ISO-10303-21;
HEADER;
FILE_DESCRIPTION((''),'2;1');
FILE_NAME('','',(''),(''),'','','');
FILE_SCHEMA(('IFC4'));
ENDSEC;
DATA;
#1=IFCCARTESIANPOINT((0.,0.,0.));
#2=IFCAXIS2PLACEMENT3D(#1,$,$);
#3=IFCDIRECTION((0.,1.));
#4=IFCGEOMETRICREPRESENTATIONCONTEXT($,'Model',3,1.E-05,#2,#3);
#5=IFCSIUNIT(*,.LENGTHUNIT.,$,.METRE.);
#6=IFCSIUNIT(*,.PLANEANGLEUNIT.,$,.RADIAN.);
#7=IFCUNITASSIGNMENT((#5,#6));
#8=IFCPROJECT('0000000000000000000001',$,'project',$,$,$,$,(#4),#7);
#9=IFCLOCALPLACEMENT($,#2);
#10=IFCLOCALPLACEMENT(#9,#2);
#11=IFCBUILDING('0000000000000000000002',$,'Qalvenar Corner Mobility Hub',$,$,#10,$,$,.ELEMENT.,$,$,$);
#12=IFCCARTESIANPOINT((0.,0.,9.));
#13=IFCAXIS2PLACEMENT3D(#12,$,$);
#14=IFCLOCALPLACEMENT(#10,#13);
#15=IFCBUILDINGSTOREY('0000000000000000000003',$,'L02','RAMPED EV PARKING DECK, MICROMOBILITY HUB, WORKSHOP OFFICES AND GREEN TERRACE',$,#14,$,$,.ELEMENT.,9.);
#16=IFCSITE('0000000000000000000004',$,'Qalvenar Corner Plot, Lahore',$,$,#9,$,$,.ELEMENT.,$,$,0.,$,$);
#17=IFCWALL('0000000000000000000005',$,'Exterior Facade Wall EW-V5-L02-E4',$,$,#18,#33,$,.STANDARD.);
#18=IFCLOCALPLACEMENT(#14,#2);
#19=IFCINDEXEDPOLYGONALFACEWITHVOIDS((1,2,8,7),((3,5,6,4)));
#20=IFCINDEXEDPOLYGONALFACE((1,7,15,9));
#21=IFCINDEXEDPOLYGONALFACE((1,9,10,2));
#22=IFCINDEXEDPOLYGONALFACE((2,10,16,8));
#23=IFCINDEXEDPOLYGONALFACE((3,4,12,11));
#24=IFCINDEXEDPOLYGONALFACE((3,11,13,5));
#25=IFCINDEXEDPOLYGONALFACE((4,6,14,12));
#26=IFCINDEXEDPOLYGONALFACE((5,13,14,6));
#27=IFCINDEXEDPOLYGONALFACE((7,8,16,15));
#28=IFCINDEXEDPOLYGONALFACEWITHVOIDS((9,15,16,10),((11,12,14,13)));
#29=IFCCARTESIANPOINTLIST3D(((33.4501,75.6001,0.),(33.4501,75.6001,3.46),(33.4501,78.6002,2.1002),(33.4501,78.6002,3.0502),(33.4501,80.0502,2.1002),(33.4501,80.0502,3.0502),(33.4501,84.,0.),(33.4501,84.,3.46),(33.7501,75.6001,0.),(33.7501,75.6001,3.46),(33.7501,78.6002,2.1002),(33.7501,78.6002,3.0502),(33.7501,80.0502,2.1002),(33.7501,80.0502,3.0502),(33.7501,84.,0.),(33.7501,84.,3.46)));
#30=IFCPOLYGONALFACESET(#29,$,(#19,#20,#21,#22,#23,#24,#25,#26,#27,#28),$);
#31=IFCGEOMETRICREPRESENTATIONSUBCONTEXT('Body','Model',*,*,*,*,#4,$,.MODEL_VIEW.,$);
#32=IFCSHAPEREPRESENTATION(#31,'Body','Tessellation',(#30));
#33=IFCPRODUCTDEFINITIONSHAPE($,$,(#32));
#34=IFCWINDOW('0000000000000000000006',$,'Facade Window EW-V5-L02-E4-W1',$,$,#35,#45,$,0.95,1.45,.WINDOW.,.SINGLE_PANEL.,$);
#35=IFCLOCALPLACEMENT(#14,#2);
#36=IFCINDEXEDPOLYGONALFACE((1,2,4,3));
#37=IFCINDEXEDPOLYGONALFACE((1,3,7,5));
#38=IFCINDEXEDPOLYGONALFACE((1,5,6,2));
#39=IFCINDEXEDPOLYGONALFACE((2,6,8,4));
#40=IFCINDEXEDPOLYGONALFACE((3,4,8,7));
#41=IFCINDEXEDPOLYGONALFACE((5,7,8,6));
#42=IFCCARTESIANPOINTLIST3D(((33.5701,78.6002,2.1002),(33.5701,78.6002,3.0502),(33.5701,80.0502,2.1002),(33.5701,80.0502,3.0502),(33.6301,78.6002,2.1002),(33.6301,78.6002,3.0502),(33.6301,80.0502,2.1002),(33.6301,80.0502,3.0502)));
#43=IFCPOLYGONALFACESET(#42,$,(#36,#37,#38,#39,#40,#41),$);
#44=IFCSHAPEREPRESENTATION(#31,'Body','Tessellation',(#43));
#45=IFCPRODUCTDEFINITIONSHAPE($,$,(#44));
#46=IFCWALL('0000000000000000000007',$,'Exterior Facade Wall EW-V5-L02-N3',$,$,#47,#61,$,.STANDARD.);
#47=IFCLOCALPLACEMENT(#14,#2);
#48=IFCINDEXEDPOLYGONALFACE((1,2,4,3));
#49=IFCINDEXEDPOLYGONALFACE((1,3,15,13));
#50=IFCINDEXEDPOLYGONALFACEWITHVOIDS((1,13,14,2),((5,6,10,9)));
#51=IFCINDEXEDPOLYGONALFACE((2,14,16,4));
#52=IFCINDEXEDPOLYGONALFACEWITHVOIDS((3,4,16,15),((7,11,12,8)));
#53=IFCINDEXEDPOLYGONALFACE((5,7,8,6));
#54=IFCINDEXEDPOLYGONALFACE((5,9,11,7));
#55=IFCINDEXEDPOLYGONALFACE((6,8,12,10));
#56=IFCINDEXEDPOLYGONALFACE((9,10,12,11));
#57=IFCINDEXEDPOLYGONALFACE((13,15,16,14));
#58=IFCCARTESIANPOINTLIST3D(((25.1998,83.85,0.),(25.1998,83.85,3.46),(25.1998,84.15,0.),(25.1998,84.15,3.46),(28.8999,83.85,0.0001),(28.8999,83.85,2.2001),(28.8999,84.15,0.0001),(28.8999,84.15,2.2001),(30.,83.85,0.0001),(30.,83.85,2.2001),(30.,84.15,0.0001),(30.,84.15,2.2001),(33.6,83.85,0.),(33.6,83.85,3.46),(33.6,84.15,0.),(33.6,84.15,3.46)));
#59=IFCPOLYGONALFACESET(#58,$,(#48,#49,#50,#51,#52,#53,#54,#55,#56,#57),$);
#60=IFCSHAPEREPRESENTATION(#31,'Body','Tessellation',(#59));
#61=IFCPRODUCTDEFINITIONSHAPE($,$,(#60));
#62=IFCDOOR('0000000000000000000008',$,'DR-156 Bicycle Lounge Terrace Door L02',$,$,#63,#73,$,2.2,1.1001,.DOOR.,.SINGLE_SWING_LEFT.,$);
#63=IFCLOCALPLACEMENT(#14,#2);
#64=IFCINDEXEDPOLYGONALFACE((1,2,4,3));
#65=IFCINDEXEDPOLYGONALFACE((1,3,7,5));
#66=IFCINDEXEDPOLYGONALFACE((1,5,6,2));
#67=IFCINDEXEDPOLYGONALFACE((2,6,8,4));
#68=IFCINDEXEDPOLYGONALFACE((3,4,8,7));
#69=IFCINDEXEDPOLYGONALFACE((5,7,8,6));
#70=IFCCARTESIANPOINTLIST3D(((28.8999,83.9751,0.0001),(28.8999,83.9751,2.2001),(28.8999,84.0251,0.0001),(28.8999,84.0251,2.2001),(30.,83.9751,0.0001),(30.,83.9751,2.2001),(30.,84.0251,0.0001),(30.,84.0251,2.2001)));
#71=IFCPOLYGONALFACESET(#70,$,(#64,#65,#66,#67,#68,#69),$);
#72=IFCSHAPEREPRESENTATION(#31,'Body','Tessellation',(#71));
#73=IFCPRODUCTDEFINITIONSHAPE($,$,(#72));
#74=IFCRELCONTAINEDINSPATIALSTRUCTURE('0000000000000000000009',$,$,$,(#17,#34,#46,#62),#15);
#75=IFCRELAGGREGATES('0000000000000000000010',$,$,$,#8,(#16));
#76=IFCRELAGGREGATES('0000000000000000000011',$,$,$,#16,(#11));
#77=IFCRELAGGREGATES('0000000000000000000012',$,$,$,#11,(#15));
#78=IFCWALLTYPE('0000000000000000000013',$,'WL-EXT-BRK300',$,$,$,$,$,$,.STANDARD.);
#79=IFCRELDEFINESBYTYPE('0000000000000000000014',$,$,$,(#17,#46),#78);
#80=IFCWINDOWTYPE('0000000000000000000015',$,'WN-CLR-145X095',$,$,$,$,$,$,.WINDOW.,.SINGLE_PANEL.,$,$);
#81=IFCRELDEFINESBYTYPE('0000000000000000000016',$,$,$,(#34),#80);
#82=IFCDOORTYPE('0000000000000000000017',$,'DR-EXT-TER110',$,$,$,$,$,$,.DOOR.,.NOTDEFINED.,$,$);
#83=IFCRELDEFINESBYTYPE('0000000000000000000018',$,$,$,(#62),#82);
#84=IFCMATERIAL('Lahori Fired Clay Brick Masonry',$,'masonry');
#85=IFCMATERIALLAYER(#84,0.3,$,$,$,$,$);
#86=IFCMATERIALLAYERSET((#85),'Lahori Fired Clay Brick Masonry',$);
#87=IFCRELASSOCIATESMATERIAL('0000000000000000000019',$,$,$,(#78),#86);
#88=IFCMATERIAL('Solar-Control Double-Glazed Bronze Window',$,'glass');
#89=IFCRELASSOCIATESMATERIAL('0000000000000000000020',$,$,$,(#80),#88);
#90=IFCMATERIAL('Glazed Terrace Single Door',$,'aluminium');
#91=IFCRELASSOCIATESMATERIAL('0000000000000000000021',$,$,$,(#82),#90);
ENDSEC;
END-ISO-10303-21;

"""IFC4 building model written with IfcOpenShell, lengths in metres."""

from ifc_helpers import new_model, si_unit, direction, frame, frame_2d, origin, place, context, subcontext, project, spatial, rectangle, extrude, material, layer, layer_set, type_object, element, fill, save


model = new_model("IFC4")

# Units and contexts
model_context = context("Model", 3, precision=1e-05, world=origin(), true_north=direction((0.0, 1.0)))
body_context = subcontext(model_context, "Body", "Model", "MODEL_VIEW")
ifc_project = project(units=[si_unit("LENGTHUNIT", "METRE"), si_unit("PLANEANGLEUNIT", "RADIAN")], contexts=[model_context])

# Site, building, storey
site_placement = place(None, origin())
site = spatial("IfcSite", under=ifc_project, at=site_placement, Name="Qalvenar Corner Plot, Lahore", CompositionType="ELEMENT", RefElevation=0.0)
building_placement = place(site_placement, origin())
building = spatial("IfcBuilding", under=site, at=building_placement, Name="Qalvenar Corner Mobility Hub", CompositionType="ELEMENT")
storey_placement = place(building_placement, frame((0.0, 0.0, 9.0)))
storey = spatial("IfcBuildingStorey", under=building, at=storey_placement, Name="L02", Description="RAMPED EV PARKING DECK, MICROMOBILITY HUB, WORKSHOP OFFICES AND GREEN TERRACE", CompositionType="ELEMENT", Elevation=9.0)

# Wall, opening, window
ifc_material_1 = material(Name="Lahori Fired Clay Brick Masonry", Category="masonry")
ifc_layer_1 = layer(ifc_material_1, 0.3)
ifc_layer_set_1 = layer_set([ifc_layer_1], Name="Lahori Fired Clay Brick Masonry")
wall_type = type_object("IfcWallType", Name="WL-EXT-BRK300", PredefinedType="STANDARD", material=ifc_layer_set_1)
wall_1_placement = place(storey_placement, frame((33.6001, 75.6001, 0.0), z_axis=(0.0, 0.0, 1.0), x_axis=(0.0, 1.0, 0.0)))
wall_1 = element("IfcWall", 1, at=wall_1_placement, inside=storey, type_object=wall_type, Name="Exterior Facade Wall EW-V5-L02-E4", PredefinedType="STANDARD", context=body_context, shape_type="SweptSolid", body=[
    extrude(rectangle(XDim=8.3999, YDim=0.3, at=frame_2d((4.2, 0.0))), origin(), (0.0, 0.0, 1.0), 3.46),
])
opening_1_placement = place(wall_1_placement, frame((3.0, 0.0, 2.1001)))
opening_1 = element("IfcOpeningElement", 2, at=opening_1_placement, cuts=wall_1, PredefinedType="OPENING", context=body_context, shape_type="SweptSolid", body=[
    extrude(rectangle(XDim=1.45, YDim=0.95, at=frame_2d((0.7251, 0.4751))), frame((0.0, 0.1602, 0.0), z_axis=(0.0, -1.0, 0.0), x_axis=(1.0, 0.0, 0.0)), (0.0, 0.0, 1.0), 0.3201),
])
ifc_material_2 = material(Name="Solar-Control Double-Glazed Bronze Window", Category="glass")
window_type = type_object("IfcWindowType", Name="WN-CLR-145X095", PartitioningType="SINGLE_PANEL", PredefinedType="WINDOW", material=ifc_material_2)
window_placement = place(opening_1_placement, origin())
window = element("IfcWindow", 3, at=window_placement, inside=storey, type_object=window_type, Name="Facade Window EW-V5-L02-E4-W1", OverallHeight=0.95, OverallWidth=1.45, PartitioningType="SINGLE_PANEL", PredefinedType="WINDOW", context=body_context, shape_type="SweptSolid", body=[
    extrude(rectangle(XDim=1.45, YDim=0.95, at=frame_2d((0.7251, 0.4751))), frame((0.0, 0.03, 0.0), z_axis=(0.0, -1.0, 0.0), x_axis=(1.0, 0.0, 0.0)), (0.0, 0.0, 1.0), 0.0601),
])
fill(opening_1, window)

# Wall, opening, door
wall_2_placement = place(storey_placement, frame((33.6001, 84.0, 0.0), z_axis=(0.0, 0.0, 1.0), x_axis=(-1.0, 0.0, 0.0)))
wall_2 = element("IfcWall", 4, at=wall_2_placement, inside=storey, type_object=wall_type, Name="Exterior Facade Wall EW-V5-L02-N3", PredefinedType="STANDARD", context=body_context, shape_type="SweptSolid", body=[
    extrude(rectangle(XDim=8.4001, YDim=0.3, at=frame_2d((4.2002, 0.0))), origin(), (0.0, 0.0, 1.0), 3.46),
])
opening_2_placement = place(wall_2_placement, frame((3.6001, 0.0, 0.0)))
opening_2 = element("IfcOpeningElement", 5, at=opening_2_placement, cuts=wall_2, PredefinedType="OPENING", context=body_context, shape_type="SweptSolid", body=[
    extrude(rectangle(XDim=1.1001, YDim=2.2, at=frame_2d((0.55, 1.1001))), frame((0.0, 0.1602, 0.0), z_axis=(0.0, -1.0, 0.0), x_axis=(1.0, 0.0, 0.0)), (0.0, 0.0, 1.0), 0.3201),
])
ifc_material_3 = material(Name="Glazed Terrace Single Door", Category="aluminium")
door_type = type_object("IfcDoorType", Name="DR-EXT-TER110", OperationType="NOTDEFINED", PredefinedType="DOOR", material=ifc_material_3)
door_placement = place(opening_2_placement, origin())
door = element("IfcDoor", 6, at=door_placement, inside=storey, type_object=door_type, Name="DR-156 Bicycle Lounge Terrace Door L02", OperationType="SINGLE_SWING_LEFT", OverallHeight=2.2, OverallWidth=1.1001, PredefinedType="DOOR", context=body_context, shape_type="SweptSolid", body=[
    extrude(rectangle(XDim=1.1001, YDim=2.2, at=frame_2d((0.55, 1.1001))), frame((0.0, 0.0249, 0.0), z_axis=(0.0, -1.0, 0.0), x_axis=(1.0, 0.0, 0.0)), (0.0, 0.0, 1.0), 0.05),
])
fill(opening_2, door)

save(model, "model.ifc")
